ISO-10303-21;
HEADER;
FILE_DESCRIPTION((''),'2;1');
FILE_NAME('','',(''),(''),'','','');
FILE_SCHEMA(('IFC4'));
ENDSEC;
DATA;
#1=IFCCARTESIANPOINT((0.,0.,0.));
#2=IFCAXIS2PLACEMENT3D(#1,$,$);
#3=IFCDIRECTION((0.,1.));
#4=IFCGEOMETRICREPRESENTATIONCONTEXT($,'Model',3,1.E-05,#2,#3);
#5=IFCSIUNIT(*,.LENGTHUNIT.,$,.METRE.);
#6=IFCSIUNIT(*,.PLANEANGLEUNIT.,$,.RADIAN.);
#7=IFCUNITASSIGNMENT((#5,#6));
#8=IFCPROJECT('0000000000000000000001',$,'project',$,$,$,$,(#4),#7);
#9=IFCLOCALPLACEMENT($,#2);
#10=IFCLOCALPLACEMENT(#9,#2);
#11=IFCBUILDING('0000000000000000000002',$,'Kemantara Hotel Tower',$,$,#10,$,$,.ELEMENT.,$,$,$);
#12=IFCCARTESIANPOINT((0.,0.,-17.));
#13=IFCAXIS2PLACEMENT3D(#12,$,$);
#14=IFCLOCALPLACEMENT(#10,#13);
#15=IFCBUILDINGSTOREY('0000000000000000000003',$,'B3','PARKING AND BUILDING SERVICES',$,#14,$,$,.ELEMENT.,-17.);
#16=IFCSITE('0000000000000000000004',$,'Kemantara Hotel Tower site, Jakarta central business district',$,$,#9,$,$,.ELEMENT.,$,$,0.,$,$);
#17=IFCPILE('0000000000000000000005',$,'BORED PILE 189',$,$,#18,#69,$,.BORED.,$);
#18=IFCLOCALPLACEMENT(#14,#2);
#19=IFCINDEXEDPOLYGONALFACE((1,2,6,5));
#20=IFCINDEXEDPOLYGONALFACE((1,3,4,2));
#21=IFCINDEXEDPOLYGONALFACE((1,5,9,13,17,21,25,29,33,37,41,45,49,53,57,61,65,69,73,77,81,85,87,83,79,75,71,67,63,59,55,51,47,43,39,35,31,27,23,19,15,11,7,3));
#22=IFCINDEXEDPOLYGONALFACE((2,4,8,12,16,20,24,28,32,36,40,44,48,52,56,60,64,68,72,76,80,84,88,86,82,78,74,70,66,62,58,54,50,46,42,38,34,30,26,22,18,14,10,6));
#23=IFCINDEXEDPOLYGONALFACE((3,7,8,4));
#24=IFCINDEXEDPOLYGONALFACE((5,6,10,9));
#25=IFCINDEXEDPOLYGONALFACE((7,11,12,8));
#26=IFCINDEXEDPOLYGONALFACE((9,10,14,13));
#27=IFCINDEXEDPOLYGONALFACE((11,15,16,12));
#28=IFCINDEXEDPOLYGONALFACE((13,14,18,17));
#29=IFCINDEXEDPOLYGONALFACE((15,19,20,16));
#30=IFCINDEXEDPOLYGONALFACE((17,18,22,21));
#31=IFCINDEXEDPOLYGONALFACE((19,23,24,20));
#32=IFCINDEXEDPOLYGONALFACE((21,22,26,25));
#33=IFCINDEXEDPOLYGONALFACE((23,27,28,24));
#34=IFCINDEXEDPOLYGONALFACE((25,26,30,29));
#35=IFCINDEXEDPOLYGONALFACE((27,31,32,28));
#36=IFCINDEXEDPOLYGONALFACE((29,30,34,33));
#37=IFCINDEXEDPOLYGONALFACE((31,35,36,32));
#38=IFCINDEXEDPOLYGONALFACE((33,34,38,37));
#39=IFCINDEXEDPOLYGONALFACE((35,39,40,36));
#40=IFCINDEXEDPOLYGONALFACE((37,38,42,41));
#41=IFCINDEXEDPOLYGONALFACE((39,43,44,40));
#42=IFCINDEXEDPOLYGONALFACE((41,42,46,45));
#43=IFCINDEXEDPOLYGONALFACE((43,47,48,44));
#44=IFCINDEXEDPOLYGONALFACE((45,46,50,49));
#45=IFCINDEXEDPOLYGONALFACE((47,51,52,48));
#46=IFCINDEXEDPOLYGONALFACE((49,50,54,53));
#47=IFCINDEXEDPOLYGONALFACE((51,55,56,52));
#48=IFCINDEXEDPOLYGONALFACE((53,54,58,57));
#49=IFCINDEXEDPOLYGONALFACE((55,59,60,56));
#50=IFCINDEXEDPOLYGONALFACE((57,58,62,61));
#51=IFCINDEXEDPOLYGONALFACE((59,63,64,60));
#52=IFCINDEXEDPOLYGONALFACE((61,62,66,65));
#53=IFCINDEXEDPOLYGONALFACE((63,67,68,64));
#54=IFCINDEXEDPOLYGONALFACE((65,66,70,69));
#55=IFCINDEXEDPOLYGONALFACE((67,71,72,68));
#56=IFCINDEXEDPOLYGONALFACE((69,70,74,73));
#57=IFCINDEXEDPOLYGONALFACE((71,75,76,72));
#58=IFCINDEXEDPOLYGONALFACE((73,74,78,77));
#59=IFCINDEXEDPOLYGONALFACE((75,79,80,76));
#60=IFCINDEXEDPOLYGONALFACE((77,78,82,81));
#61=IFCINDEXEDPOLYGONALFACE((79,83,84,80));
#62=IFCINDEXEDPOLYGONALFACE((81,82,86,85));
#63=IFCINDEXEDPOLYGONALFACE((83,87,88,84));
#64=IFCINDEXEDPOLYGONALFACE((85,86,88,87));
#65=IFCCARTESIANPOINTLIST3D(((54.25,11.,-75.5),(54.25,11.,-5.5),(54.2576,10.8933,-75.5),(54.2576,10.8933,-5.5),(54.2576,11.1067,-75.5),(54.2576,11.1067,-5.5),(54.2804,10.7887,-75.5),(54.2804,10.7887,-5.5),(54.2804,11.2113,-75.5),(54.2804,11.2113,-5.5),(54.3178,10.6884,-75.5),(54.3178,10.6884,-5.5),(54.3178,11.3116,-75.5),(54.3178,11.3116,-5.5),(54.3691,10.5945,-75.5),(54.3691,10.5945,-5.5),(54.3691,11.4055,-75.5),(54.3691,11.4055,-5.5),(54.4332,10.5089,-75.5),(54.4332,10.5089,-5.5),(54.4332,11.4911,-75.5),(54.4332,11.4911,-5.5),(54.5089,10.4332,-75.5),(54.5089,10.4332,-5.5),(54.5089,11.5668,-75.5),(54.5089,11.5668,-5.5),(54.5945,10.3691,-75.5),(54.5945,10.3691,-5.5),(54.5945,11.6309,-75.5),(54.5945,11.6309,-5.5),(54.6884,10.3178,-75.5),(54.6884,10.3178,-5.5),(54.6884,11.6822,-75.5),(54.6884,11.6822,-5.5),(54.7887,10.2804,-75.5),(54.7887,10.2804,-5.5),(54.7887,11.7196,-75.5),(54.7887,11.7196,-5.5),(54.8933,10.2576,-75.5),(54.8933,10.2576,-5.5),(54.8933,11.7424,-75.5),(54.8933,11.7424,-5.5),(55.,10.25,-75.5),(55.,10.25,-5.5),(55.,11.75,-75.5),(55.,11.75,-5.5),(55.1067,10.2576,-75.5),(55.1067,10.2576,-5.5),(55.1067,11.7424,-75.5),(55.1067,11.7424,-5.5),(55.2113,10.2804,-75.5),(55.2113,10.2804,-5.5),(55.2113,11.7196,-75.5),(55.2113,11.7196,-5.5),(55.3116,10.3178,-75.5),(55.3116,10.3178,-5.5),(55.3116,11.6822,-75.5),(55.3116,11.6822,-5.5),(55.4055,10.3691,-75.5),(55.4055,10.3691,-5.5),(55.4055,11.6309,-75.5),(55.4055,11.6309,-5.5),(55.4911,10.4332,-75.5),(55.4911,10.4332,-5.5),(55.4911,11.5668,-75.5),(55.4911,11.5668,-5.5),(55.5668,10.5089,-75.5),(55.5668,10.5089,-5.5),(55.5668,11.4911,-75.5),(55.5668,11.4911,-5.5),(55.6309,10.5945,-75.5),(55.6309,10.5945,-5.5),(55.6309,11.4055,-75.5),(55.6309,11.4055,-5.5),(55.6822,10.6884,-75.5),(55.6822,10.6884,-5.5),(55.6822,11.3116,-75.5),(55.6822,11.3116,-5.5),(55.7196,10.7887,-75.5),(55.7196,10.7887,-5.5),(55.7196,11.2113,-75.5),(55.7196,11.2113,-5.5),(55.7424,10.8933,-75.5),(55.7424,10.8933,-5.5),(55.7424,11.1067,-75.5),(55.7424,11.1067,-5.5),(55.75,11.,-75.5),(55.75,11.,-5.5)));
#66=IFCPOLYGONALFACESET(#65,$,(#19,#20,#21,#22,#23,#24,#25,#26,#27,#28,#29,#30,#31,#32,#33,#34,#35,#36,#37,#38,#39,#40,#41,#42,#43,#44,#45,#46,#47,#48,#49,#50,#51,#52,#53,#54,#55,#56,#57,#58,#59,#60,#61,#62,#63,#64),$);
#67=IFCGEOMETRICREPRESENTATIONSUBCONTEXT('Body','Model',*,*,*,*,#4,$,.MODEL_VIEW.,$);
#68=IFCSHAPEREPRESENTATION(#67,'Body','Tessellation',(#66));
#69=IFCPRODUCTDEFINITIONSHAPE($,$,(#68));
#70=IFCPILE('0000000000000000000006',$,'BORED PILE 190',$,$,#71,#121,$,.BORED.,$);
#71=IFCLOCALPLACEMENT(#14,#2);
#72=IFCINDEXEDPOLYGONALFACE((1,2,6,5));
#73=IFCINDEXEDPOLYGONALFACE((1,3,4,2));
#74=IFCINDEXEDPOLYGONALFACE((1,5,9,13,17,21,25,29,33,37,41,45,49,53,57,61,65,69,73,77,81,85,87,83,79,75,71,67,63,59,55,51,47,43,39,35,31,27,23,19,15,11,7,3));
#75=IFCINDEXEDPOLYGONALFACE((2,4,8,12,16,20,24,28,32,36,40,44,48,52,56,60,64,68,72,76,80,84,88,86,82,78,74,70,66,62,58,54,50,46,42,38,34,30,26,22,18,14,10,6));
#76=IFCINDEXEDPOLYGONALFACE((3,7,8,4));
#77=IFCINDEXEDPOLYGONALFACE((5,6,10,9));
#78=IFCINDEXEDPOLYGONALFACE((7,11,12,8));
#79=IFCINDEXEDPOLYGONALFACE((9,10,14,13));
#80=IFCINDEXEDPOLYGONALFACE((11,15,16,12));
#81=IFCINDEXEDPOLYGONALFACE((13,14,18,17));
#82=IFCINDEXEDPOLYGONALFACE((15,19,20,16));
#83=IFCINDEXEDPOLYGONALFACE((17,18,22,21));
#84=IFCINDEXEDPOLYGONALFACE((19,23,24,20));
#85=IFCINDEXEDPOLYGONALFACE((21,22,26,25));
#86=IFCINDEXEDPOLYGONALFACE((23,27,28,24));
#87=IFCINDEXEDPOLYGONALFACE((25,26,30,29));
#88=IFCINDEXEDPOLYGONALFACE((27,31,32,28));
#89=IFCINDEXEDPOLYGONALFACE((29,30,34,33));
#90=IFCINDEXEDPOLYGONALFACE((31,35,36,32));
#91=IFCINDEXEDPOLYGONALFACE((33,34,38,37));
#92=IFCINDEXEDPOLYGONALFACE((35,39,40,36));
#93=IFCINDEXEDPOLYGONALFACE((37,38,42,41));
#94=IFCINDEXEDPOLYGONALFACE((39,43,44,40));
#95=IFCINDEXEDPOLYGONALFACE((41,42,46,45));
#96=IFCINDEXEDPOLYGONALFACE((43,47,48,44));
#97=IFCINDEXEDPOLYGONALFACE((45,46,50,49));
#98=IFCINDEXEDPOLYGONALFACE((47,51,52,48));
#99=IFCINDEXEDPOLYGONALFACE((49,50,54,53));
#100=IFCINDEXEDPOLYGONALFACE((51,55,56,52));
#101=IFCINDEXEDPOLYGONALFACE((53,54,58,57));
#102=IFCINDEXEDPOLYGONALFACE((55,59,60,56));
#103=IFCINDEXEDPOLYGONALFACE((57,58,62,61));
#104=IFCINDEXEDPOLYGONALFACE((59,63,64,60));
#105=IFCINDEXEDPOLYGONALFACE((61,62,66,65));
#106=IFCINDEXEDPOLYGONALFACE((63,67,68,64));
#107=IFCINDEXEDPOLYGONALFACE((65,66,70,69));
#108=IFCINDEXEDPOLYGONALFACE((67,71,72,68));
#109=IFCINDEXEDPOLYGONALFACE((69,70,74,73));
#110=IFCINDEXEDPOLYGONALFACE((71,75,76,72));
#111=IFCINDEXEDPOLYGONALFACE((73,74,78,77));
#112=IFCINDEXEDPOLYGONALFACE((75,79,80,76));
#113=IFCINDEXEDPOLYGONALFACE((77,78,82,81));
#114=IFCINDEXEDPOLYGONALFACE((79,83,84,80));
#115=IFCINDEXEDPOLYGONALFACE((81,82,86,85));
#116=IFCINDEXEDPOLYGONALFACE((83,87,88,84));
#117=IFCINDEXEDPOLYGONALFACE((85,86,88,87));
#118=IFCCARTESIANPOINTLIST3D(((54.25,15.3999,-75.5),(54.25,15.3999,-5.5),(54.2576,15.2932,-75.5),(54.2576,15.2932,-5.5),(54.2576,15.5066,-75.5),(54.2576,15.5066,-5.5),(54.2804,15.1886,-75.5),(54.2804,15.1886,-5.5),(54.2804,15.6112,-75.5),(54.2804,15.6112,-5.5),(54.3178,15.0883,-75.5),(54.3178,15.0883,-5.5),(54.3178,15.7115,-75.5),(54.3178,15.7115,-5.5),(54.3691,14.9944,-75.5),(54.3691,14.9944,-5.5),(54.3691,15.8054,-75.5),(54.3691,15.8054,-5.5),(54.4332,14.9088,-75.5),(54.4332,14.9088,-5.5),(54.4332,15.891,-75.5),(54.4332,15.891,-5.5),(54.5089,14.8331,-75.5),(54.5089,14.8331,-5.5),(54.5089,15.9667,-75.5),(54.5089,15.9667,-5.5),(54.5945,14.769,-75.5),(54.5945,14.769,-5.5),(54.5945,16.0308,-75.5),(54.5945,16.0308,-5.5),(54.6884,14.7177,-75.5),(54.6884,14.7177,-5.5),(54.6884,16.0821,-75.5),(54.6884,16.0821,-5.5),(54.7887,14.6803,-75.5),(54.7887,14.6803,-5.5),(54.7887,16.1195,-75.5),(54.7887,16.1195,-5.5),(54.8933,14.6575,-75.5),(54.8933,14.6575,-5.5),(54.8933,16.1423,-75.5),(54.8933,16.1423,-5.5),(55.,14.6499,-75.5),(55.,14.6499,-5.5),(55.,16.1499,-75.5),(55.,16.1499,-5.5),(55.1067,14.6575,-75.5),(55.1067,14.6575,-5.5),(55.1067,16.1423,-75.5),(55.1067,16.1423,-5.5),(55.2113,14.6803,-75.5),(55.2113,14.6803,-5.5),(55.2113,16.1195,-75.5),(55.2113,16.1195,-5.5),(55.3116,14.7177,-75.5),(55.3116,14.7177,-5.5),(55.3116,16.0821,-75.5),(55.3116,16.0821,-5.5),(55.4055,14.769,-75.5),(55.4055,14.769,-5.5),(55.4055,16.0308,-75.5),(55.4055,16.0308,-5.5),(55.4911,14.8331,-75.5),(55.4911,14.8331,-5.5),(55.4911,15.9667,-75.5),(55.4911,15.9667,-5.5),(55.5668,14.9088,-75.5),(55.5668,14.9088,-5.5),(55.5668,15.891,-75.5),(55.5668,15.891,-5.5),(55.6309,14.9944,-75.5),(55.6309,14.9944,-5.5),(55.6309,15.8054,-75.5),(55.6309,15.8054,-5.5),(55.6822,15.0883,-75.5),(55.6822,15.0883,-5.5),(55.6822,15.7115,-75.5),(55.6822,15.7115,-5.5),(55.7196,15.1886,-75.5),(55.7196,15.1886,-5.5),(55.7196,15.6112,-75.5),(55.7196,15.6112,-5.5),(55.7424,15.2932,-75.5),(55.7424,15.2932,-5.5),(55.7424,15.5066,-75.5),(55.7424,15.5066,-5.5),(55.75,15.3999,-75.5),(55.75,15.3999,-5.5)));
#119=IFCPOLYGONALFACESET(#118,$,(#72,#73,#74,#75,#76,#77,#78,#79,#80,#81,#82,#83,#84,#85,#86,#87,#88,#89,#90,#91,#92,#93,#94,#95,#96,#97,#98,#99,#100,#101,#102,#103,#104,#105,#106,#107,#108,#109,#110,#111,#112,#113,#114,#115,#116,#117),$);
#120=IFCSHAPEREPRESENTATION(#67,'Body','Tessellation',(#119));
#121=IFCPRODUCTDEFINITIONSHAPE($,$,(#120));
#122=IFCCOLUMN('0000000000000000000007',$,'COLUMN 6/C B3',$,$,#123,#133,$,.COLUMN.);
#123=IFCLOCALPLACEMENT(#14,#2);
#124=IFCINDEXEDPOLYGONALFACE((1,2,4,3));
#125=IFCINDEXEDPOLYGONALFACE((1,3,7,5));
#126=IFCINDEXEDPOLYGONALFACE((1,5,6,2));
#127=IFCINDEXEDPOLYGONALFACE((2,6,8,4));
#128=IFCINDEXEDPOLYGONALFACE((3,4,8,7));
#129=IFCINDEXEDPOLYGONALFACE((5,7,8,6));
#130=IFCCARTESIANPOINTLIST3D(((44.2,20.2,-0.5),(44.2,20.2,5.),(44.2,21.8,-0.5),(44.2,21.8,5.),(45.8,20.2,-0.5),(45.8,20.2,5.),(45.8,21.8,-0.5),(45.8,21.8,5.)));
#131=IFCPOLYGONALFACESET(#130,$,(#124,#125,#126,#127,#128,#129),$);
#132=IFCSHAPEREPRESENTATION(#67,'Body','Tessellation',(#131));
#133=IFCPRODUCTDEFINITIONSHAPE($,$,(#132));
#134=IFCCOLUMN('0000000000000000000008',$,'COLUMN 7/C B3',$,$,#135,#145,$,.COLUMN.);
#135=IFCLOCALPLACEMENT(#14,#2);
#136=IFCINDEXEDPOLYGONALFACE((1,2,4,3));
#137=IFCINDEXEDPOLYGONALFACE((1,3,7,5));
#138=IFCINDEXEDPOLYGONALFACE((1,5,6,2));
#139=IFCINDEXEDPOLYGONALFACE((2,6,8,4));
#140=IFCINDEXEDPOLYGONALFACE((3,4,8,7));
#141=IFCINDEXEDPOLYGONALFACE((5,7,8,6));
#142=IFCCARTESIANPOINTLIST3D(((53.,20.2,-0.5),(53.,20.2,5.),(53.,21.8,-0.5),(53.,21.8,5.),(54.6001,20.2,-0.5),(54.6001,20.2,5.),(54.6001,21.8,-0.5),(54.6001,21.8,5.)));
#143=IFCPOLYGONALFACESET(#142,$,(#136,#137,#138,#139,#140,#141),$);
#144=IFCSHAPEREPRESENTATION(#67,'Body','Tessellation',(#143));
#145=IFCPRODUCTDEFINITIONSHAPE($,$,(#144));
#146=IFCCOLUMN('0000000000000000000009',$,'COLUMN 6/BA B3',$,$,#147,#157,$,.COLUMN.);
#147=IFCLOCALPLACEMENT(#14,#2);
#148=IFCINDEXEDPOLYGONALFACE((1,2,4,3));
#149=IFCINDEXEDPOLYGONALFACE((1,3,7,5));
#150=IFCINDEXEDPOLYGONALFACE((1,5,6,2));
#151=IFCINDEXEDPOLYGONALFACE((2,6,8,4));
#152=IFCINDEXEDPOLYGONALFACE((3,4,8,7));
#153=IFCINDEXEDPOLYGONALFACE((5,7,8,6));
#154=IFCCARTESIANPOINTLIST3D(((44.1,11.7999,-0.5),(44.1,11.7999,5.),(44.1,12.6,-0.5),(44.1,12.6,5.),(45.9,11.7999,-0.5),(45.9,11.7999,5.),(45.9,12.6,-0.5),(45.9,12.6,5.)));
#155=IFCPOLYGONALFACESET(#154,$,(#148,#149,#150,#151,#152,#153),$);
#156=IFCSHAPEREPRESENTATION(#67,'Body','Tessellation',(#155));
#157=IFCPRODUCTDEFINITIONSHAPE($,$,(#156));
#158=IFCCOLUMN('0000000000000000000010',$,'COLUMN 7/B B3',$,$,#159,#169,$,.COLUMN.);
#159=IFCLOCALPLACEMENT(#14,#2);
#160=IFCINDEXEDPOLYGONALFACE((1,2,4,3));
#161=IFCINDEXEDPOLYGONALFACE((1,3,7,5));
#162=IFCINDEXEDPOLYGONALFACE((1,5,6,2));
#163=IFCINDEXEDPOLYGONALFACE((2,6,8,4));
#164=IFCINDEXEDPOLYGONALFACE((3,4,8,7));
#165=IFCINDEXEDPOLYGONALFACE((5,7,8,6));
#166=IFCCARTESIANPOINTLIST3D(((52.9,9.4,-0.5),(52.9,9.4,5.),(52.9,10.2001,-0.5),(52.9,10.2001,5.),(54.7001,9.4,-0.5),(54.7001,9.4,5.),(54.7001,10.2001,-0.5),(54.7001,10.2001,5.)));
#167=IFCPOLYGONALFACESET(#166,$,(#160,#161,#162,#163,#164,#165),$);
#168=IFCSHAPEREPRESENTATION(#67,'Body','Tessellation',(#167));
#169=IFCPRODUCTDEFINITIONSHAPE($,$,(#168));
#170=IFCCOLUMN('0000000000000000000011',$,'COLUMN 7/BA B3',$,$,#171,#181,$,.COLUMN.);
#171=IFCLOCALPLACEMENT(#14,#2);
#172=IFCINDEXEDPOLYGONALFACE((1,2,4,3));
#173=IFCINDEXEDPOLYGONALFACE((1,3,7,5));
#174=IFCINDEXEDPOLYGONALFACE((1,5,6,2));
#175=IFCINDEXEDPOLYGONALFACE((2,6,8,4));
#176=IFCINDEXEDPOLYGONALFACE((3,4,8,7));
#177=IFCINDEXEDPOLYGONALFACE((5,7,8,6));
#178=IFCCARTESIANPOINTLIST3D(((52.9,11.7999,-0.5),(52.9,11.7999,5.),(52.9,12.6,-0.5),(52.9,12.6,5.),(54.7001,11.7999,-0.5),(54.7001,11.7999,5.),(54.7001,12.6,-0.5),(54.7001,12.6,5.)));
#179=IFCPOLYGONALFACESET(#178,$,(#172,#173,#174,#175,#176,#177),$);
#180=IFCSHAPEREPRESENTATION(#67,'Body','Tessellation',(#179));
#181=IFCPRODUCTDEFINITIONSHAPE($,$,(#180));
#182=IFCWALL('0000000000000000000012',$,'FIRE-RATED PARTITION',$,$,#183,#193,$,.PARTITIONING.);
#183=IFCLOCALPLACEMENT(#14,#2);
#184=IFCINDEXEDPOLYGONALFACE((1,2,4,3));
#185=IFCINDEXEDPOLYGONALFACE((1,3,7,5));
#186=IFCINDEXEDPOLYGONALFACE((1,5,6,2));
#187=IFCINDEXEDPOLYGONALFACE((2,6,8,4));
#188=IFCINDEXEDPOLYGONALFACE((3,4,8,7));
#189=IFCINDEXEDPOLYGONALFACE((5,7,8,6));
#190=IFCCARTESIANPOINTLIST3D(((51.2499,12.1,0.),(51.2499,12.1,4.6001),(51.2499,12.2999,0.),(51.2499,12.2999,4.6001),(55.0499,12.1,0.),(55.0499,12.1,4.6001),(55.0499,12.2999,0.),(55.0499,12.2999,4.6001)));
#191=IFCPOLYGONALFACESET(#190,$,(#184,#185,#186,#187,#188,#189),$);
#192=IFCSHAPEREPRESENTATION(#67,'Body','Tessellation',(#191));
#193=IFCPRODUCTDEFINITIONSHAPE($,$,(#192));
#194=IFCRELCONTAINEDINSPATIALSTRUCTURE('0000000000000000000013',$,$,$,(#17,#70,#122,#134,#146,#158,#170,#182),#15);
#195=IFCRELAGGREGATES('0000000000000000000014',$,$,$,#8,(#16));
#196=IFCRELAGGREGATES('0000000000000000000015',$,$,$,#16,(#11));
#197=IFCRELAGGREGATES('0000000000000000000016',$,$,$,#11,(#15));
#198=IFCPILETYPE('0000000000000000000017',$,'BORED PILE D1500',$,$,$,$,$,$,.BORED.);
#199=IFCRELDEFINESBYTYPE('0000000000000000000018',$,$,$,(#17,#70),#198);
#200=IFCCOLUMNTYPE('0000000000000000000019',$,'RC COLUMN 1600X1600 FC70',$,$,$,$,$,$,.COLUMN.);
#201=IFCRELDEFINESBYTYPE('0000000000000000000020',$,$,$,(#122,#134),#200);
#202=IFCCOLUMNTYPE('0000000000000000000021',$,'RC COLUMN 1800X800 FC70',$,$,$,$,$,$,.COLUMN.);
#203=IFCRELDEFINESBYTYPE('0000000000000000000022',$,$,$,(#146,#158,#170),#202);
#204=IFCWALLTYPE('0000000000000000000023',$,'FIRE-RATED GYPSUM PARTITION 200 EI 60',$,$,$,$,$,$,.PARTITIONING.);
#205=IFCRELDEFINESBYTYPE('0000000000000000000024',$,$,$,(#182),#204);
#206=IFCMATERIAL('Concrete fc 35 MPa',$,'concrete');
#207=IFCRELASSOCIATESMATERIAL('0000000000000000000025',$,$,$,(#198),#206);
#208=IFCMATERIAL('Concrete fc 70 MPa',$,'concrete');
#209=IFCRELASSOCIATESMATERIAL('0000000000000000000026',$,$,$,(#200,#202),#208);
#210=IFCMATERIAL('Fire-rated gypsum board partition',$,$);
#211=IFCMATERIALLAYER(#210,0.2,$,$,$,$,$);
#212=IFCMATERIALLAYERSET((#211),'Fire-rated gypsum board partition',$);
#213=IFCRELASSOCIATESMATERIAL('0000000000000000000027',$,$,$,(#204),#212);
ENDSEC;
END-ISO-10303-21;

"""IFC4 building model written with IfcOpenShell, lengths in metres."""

from ifc_helpers import new_model, si_unit, direction, frame, frame_2d, origin, origin_2d, place, context, subcontext, project, spatial, rectangle, circle, extrude, material, layer, layer_set, material_profile, profile_set, type_object, element, save


model = new_model("IFC4")

# Units and contexts
model_context = context("Model", 3, precision=1e-05, world=origin(), true_north=direction((0.0, 1.0)))
body_context = subcontext(model_context, "Body", "Model", "MODEL_VIEW")
ifc_project = project(units=[si_unit("LENGTHUNIT", "METRE"), si_unit("PLANEANGLEUNIT", "RADIAN")], contexts=[model_context])

# Site, building, storey
site_placement = place(None, origin())
site = spatial("IfcSite", under=ifc_project, at=site_placement, Name="Kemantara Hotel Tower site, Jakarta central business district", CompositionType="ELEMENT", RefElevation=0.0)
building_placement = place(site_placement, origin())
building = spatial("IfcBuilding", under=site, at=building_placement, Name="Kemantara Hotel Tower", CompositionType="ELEMENT")
storey_placement = place(building_placement, frame((0.0, 0.0, -17.0)))
storey = spatial("IfcBuildingStorey", under=building, at=storey_placement, Name="B3", Description="PARKING AND BUILDING SERVICES", CompositionType="ELEMENT", Elevation=-17.0)

# Piles
ifc_material_1 = material(Name="Concrete fc 35 MPa", Category="concrete")
ifc_material_profile_1 = material_profile(ifc_material_1, circle(Radius=0.75, at=origin_2d()), Name="BORED PILE D1500")
ifc_profile_set_1 = profile_set([ifc_material_profile_1], Name="Concrete fc 35 MPa")
pile_type = type_object("IfcPileType", Name="BORED PILE D1500", PredefinedType="BORED", material=ifc_profile_set_1)
for number, where, z_axis, x_axis, name in (
    (1, (55.0, 11.0, -5.5), (0.0, 0.0, -1.0), (1.0, 0.0, 0.0), "BORED PILE 189"),
    (2, (55.0, 15.3999, -5.5), (0.0, 0.0, -1.0), (1.0, 0.0, 0.0), "BORED PILE 190"),
):
    element("IfcPile", number, at=place(storey_placement, frame(where, z_axis=z_axis, x_axis=x_axis)), inside=storey, type_object=pile_type, Name=name, PredefinedType="BORED", context=body_context, shape_type="SweptSolid", body=[
        extrude(circle(Radius=0.75, at=origin_2d()), origin(), (0.0, 0.0, 1.0), 70.0),
    ])

# Columns
ifc_material_2 = material(Name="Concrete fc 70 MPa", Category="concrete")
ifc_material_profile_2 = material_profile(ifc_material_2, rectangle(XDim=1.6001, YDim=1.6001, at=origin_2d()), Name="RC 1600X1600")
ifc_profile_set_2 = profile_set([ifc_material_profile_2], Name="Concrete fc 70 MPa")
column_type_1 = type_object("IfcColumnType", Name="RC COLUMN 1600X1600 FC70", PredefinedType="COLUMN", material=ifc_profile_set_2)
for number, where, z_axis, x_axis, name in (
    (3, (45.0, 21.0, -0.5), (0.0, 0.0, 1.0), (1.0, 0.0, 0.0), "COLUMN 6/C B3"),
    (4, (53.8, 21.0, -0.5), (0.0, 0.0, 1.0), (1.0, 0.0, 0.0), "COLUMN 7/C B3"),
):
    element("IfcColumn", number, at=place(storey_placement, frame(where, z_axis=z_axis, x_axis=x_axis)), inside=storey, type_object=column_type_1, Name=name, PredefinedType="COLUMN", context=body_context, shape_type="SweptSolid", body=[
        extrude(rectangle(XDim=1.6001, YDim=1.6001, at=origin_2d()), origin(), (0.0, 0.0, 1.0), 5.5),
    ])
ifc_material_profile_3 = material_profile(ifc_material_2, rectangle(XDim=1.8, YDim=0.8, at=origin_2d()), Name="RC 1800X800")
ifc_profile_set_3 = profile_set([ifc_material_profile_3], Name="Concrete fc 70 MPa")
column_type_2 = type_object("IfcColumnType", Name="RC COLUMN 1800X800 FC70", PredefinedType="COLUMN", material=ifc_profile_set_3)
for number, where, z_axis, x_axis, name in (
    (5, (45.0, 12.2, -0.5), (0.0, 0.0, 1.0), (1.0, 0.0, 0.0), "COLUMN 6/BA B3"),
    (6, (53.8, 9.8, -0.5), (0.0, 0.0, 1.0), (1.0, 0.0, 0.0), "COLUMN 7/B B3"),
    (7, (53.8, 12.2, -0.5), (0.0, 0.0, 1.0), (1.0, 0.0, 0.0), "COLUMN 7/BA B3"),
):
    element("IfcColumn", number, at=place(storey_placement, frame(where, z_axis=z_axis, x_axis=x_axis)), inside=storey, type_object=column_type_2, Name=name, PredefinedType="COLUMN", context=body_context, shape_type="SweptSolid", body=[
        extrude(rectangle(XDim=1.8, YDim=0.8, at=origin_2d()), origin(), (0.0, 0.0, 1.0), 5.5),
    ])

# Wall
ifc_material_3 = material(Name="Fire-rated gypsum board partition")
ifc_layer = layer(ifc_material_3, 0.2)
ifc_layer_set = layer_set([ifc_layer], Name="Fire-rated gypsum board partition")
wall_type = type_object("IfcWallType", Name="FIRE-RATED GYPSUM PARTITION 200 EI 60", PredefinedType="PARTITIONING", material=ifc_layer_set)
wall_placement = place(storey_placement, frame((51.25, 12.2, 0.0), z_axis=(0.0, 0.0, 1.0), x_axis=(1.0, 0.0, 0.0)))
element("IfcWall", 8, at=wall_placement, inside=storey, type_object=wall_type, Name="FIRE-RATED PARTITION", PredefinedType="PARTITIONING", context=body_context, shape_type="SweptSolid", body=[
    extrude(rectangle(XDim=3.8, YDim=0.2, at=frame_2d((1.8999, 0.0))), origin(), (0.0, 0.0, 1.0), 4.6001),
])

save(model, "model.ifc")
